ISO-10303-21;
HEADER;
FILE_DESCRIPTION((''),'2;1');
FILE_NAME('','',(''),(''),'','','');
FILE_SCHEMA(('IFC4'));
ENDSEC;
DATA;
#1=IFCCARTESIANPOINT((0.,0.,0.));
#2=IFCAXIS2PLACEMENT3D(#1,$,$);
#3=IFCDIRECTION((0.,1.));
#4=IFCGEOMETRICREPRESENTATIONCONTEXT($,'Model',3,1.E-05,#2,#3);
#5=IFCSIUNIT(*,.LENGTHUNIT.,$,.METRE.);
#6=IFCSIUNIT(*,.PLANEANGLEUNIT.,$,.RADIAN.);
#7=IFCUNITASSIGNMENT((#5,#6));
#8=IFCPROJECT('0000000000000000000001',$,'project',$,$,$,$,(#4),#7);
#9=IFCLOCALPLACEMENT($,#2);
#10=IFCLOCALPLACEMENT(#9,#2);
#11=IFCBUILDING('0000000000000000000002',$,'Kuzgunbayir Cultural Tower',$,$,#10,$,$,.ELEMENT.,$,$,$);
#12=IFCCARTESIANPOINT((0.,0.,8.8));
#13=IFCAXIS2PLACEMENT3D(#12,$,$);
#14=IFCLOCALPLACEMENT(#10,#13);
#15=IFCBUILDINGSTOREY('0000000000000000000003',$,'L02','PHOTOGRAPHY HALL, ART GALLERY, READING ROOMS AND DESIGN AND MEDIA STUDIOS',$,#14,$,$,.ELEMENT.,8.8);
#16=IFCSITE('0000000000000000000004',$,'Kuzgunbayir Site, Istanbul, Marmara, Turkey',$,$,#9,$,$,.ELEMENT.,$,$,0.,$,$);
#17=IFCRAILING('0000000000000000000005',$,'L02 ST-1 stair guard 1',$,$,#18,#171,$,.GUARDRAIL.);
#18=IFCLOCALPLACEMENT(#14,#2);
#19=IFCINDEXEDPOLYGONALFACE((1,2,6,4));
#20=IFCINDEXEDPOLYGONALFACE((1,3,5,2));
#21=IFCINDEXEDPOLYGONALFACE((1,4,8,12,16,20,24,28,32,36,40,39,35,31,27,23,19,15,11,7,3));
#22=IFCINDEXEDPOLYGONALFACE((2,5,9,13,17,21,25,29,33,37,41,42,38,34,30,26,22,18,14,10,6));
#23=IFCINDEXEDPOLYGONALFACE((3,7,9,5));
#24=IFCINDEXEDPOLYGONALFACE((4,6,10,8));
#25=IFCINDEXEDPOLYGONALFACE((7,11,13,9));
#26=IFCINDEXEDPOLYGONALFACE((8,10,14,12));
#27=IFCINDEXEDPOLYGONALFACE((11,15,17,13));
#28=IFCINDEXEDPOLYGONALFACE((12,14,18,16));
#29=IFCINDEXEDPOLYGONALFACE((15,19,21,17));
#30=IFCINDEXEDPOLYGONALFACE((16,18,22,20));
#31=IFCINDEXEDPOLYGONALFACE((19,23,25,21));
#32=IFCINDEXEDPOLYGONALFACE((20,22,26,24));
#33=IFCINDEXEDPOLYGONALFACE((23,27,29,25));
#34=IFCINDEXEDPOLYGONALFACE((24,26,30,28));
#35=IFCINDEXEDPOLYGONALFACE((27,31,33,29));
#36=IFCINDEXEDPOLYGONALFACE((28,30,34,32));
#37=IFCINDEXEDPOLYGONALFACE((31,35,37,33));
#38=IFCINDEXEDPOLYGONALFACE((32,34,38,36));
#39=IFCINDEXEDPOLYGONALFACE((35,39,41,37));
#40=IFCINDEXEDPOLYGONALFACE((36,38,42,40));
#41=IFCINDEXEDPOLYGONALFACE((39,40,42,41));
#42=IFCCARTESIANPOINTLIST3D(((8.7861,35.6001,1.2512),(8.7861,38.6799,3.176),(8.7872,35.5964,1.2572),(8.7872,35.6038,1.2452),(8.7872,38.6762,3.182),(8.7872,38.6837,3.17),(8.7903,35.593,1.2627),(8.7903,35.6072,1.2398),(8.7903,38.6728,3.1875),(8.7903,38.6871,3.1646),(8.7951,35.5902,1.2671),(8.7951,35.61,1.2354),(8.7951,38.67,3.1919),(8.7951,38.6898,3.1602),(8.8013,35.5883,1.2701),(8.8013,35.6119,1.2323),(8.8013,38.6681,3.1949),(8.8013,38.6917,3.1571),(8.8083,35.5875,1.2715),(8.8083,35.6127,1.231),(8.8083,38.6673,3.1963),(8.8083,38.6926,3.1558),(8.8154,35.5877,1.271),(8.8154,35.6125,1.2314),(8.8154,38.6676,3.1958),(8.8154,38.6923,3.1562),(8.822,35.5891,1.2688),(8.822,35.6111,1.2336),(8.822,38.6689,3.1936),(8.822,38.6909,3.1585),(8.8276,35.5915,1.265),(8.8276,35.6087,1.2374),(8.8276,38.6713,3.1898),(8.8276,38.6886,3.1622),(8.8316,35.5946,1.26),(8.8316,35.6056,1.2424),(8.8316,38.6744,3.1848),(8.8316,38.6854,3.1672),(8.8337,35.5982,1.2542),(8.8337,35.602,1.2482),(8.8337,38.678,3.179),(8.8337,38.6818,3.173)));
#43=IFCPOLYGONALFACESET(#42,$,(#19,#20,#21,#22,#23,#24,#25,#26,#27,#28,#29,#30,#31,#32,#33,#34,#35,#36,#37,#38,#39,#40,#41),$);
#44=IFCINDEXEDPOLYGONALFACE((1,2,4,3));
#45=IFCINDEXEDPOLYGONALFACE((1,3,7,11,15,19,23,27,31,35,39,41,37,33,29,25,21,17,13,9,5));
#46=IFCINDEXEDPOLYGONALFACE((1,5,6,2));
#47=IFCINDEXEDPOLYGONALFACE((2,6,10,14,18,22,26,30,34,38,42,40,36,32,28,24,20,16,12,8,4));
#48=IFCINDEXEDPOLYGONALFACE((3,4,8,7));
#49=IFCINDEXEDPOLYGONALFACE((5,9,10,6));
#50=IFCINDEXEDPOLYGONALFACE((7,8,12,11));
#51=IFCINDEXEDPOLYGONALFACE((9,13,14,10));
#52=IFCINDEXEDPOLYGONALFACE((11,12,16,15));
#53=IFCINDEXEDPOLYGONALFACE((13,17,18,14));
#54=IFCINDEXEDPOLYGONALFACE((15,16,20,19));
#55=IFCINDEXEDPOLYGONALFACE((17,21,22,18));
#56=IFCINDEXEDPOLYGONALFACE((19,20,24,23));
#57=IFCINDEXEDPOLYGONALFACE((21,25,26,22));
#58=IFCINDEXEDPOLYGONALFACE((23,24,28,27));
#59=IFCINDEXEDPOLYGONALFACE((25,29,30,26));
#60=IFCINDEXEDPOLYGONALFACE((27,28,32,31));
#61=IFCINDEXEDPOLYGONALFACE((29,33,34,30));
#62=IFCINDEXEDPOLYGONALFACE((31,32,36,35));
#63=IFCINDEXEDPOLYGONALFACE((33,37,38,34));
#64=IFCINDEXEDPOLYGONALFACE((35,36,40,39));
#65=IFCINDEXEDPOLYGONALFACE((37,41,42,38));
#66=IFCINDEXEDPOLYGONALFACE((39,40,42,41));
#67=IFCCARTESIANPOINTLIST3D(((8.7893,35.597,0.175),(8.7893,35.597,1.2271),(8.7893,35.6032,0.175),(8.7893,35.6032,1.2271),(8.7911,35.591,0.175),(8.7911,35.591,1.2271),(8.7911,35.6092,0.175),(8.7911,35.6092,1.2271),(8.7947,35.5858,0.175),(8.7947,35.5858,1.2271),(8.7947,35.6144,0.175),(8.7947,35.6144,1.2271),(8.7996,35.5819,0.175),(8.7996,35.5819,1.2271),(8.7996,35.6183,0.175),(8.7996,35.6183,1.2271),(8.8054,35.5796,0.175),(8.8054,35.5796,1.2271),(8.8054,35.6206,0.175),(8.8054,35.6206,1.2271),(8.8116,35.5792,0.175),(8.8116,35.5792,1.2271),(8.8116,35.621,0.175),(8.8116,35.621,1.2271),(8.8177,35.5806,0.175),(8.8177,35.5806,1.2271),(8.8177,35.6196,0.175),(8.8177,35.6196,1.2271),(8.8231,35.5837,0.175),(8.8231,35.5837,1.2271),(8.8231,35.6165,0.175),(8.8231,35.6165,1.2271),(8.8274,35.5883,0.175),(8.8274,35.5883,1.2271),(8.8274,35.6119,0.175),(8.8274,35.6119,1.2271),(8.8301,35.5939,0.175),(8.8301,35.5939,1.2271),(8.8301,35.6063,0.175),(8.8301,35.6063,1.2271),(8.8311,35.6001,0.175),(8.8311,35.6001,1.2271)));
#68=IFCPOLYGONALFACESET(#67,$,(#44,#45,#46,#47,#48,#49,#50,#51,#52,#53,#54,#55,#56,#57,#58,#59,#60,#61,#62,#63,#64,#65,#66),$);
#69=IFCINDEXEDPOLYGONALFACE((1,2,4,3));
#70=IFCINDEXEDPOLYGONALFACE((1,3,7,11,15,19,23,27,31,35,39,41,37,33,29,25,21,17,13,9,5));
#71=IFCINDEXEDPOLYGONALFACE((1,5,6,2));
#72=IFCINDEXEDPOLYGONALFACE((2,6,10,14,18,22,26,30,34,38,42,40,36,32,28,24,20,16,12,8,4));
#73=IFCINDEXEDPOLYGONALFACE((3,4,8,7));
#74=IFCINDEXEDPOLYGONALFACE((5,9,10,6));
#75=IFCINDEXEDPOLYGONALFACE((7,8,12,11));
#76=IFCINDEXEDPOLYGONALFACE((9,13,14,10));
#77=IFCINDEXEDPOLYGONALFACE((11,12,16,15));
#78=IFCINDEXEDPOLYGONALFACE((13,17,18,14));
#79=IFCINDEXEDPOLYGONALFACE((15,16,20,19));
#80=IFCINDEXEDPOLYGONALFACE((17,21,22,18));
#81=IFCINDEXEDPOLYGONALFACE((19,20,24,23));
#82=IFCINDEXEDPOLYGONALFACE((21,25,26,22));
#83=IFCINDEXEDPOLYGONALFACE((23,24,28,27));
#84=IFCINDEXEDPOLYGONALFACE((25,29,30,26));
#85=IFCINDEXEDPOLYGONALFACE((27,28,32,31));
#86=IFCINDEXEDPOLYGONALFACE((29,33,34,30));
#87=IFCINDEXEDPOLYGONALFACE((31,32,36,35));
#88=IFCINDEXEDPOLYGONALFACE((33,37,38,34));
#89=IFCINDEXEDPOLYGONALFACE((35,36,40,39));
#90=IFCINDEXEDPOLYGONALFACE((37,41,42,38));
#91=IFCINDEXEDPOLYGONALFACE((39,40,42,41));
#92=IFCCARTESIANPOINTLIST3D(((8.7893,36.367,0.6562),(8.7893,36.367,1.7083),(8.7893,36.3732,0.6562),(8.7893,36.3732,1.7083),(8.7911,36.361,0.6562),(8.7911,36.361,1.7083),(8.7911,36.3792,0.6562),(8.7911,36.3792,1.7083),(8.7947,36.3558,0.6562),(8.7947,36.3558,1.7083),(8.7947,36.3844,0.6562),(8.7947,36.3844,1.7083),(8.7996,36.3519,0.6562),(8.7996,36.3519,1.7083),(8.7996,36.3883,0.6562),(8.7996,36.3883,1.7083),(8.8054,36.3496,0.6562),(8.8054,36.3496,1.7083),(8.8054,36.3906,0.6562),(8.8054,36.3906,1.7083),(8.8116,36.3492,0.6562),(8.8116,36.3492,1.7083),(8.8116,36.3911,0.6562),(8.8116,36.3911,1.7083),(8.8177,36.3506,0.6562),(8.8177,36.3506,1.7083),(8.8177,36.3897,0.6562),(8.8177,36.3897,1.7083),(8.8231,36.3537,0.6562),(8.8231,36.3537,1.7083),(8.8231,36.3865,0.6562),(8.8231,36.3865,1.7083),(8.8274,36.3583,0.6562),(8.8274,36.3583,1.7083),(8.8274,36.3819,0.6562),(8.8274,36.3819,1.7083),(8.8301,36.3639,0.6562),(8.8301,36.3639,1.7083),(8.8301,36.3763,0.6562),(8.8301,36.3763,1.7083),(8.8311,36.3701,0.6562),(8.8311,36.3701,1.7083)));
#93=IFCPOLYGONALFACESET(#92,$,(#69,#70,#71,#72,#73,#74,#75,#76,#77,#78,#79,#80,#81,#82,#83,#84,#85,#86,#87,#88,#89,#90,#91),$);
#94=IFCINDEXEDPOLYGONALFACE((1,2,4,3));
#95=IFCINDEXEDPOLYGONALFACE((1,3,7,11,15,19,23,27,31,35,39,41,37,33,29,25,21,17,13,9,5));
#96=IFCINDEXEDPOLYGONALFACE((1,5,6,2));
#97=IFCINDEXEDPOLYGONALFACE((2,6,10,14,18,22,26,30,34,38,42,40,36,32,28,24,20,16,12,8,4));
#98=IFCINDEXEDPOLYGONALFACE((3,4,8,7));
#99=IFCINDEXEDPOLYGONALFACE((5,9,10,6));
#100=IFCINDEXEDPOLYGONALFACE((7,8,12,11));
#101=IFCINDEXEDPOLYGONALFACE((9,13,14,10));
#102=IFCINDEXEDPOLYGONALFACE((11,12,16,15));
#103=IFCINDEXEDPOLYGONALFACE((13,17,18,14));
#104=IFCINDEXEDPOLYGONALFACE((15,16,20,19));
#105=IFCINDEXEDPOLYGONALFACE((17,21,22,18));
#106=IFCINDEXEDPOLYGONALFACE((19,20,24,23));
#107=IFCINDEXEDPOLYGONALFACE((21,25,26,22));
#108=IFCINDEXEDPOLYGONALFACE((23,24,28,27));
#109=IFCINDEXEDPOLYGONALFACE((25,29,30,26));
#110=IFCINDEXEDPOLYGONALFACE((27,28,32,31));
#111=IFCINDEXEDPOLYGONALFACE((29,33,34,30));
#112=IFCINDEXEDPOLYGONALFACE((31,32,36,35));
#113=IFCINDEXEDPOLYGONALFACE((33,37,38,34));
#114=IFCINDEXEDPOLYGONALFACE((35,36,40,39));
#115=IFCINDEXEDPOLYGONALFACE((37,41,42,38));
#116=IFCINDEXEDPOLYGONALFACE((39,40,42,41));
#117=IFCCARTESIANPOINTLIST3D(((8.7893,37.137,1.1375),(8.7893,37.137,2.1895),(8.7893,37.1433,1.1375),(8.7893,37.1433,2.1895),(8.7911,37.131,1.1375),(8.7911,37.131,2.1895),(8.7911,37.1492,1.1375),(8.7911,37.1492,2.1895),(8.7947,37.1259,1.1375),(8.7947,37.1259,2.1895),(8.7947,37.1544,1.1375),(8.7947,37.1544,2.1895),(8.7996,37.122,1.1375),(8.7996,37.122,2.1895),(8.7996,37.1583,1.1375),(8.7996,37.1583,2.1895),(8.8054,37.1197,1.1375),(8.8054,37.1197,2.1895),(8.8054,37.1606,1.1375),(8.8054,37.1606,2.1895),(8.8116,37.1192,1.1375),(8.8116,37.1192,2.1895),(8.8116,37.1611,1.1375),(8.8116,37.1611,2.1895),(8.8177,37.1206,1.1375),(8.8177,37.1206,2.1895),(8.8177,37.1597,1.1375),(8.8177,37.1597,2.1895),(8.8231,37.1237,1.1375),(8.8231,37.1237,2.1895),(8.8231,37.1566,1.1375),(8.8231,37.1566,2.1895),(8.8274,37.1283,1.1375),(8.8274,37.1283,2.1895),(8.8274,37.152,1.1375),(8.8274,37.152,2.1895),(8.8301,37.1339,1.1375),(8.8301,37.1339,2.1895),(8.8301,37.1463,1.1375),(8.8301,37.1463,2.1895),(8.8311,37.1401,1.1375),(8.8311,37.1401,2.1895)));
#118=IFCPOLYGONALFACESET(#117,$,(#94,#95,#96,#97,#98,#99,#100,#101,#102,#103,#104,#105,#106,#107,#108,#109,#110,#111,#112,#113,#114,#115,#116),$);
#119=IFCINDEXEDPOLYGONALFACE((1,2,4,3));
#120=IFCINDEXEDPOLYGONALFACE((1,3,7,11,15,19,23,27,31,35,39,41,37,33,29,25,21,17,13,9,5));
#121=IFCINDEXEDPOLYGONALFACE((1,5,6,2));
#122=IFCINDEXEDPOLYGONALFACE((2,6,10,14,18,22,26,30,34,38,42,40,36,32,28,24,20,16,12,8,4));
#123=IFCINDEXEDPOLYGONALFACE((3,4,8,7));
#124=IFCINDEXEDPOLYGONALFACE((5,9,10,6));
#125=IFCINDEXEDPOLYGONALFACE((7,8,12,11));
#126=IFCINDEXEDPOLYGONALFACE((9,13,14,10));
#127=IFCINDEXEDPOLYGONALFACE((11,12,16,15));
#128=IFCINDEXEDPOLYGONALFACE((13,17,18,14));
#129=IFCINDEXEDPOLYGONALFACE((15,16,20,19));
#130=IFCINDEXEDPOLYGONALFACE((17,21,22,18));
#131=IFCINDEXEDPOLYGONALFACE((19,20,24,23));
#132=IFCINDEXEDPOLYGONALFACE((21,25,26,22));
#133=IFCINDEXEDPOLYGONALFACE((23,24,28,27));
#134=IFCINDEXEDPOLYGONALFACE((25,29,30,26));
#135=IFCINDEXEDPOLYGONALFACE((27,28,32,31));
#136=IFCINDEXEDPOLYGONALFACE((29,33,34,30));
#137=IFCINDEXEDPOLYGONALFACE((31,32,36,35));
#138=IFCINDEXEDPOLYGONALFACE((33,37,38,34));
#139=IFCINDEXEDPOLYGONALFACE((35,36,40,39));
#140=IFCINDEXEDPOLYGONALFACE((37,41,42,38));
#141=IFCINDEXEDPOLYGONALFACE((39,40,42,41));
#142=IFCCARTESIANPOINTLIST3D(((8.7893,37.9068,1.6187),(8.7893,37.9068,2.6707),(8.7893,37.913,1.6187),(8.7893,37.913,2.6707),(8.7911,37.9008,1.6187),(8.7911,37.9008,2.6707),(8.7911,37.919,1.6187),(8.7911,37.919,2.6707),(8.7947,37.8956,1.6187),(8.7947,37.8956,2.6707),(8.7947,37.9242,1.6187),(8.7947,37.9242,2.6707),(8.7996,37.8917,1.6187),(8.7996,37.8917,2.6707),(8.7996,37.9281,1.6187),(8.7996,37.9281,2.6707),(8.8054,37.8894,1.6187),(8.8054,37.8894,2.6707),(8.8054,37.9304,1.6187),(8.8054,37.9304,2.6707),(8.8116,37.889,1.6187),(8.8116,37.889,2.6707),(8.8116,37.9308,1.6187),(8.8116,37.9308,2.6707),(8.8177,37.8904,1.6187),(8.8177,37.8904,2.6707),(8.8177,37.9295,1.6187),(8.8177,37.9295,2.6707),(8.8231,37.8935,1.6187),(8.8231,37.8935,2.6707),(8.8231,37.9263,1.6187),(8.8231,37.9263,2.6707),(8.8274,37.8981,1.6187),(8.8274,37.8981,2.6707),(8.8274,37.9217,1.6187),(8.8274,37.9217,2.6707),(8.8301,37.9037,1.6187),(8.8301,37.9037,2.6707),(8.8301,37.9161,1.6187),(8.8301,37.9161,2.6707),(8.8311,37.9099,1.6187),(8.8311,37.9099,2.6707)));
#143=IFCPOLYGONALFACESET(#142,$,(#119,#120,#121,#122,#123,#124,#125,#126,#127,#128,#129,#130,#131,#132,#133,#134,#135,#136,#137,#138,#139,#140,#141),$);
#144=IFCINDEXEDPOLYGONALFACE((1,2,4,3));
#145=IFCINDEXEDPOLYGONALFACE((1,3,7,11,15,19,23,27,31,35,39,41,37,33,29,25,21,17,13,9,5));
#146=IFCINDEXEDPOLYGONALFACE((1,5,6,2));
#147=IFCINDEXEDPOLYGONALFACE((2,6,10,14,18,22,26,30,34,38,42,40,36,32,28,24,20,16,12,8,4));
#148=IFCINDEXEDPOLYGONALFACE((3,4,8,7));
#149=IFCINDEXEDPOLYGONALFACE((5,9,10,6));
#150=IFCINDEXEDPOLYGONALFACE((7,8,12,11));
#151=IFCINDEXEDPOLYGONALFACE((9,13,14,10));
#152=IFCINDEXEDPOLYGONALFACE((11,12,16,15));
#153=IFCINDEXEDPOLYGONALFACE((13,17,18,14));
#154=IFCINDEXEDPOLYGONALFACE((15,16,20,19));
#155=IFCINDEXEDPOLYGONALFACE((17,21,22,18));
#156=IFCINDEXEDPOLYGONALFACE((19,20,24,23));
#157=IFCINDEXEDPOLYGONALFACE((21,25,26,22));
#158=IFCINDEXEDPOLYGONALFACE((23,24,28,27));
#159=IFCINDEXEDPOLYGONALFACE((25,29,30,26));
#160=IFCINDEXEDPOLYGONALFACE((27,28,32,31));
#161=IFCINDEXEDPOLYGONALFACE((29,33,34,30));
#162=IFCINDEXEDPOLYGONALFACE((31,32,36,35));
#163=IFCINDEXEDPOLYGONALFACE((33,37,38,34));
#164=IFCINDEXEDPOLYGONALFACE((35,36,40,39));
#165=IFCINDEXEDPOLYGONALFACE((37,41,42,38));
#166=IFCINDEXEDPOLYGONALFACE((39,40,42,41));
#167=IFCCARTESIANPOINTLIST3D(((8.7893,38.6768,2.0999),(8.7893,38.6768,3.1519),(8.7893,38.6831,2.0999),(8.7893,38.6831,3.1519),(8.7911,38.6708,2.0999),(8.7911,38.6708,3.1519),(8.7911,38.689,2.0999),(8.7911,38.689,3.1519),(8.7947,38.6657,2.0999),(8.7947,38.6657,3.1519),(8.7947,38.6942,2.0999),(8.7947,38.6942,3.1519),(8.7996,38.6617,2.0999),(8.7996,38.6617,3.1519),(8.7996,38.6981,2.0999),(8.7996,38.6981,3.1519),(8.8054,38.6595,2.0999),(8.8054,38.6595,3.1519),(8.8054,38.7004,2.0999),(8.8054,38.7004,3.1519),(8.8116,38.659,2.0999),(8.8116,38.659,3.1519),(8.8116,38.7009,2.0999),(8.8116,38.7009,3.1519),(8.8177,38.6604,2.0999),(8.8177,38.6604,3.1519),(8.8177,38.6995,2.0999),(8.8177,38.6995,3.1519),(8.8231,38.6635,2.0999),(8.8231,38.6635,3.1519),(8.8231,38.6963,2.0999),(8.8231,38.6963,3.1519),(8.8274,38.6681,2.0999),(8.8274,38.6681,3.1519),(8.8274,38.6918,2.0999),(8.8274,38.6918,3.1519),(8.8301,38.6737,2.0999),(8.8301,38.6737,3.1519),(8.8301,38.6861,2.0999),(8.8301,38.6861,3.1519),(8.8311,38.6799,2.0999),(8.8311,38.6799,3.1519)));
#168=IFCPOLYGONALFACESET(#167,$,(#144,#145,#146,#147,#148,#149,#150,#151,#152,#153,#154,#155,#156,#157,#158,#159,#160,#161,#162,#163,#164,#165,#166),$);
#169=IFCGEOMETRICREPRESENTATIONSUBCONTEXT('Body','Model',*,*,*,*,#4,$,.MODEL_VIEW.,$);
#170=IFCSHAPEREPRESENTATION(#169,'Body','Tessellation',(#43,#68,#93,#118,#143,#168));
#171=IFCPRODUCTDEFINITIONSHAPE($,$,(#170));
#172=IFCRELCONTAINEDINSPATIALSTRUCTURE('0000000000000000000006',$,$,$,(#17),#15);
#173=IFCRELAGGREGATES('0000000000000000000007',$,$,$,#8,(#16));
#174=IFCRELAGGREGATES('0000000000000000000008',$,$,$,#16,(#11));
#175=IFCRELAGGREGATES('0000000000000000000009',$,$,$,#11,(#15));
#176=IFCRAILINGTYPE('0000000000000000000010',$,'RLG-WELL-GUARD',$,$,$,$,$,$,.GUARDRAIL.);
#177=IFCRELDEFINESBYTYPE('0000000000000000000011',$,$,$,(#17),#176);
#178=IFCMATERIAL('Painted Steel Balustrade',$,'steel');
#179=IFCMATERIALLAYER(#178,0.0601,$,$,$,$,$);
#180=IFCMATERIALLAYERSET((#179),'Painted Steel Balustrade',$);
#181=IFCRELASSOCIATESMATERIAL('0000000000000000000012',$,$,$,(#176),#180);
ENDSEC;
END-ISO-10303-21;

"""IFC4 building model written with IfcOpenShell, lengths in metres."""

from ifc_helpers import new_model, si_unit, direction, frame, origin, origin_2d, place, context, subcontext, project, spatial, circle, extrude, material, layer, layer_set, type_object, element, save


model = new_model("IFC4")

# Units and contexts
model_context = context("Model", 3, precision=1e-05, world=origin(), true_north=direction((0.0, 1.0)))
body_context = subcontext(model_context, "Body", "Model", "MODEL_VIEW")
ifc_project = project(units=[si_unit("LENGTHUNIT", "METRE"), si_unit("PLANEANGLEUNIT", "RADIAN")], contexts=[model_context])

# Site, building, storey
site_placement = place(None, origin())
site = spatial("IfcSite", under=ifc_project, at=site_placement, Name="Kuzgunbayir Site, Istanbul, Marmara, Turkey", CompositionType="ELEMENT", RefElevation=0.0)
building_placement = place(site_placement, origin())
building = spatial("IfcBuilding", under=site, at=building_placement, Name="Kuzgunbayir Cultural Tower", CompositionType="ELEMENT")
storey_placement = place(building_placement, frame((0.0, 0.0, 8.8)))
storey = spatial("IfcBuildingStorey", under=building, at=storey_placement, Name="L02", Description="PHOTOGRAPHY HALL, ART GALLERY, READING ROOMS AND DESIGN AND MEDIA STUDIOS", CompositionType="ELEMENT", Elevation=8.8)

# Railing
ifc_material_1 = material(Name="Painted Steel Balustrade", Category="steel")
ifc_layer_1 = layer(ifc_material_1, 0.0601)
ifc_layer_set_1 = layer_set([ifc_layer_1], Name="Painted Steel Balustrade")
railing_type_1 = type_object("IfcRailingType", Name="RLG-WELL-GUARD", PredefinedType="GUARDRAIL", material=ifc_layer_set_1)
railing_1_placement = place(storey_placement, frame((8.8101, 35.6001, 0.175)))
element("IfcRailing", 1, at=railing_1_placement, inside=storey, type_object=railing_type_1, Name="L02 ST-1 stair guard 1", PredefinedType="GUARDRAIL", context=body_context, shape_type="SweptSolid", body=[
    extrude(circle(Radius=0.0239, at=origin_2d()), frame((0.0, 0.0, 1.0762), z_axis=(0.0, 0.84801, 0.529981), x_axis=(-1.0, 0.0, 0.0)), (0.0, 0.0, 1.0), 3.6318),
    extrude(circle(Radius=0.021, at=origin_2d()), origin(), (0.0, 0.0, 1.0), 1.052),
    extrude(circle(Radius=0.021, at=origin_2d()), frame((0.0, 0.77, 0.4812)), (0.0, 0.0, 1.0), 1.052),
    extrude(circle(Radius=0.021, at=origin_2d()), frame((0.0, 1.54, 0.9624)), (0.0, 0.0, 1.0), 1.052),
    extrude(circle(Radius=0.021, at=origin_2d()), frame((0.0, 2.3098, 1.4436)), (0.0, 0.0, 1.0), 1.052),
    extrude(circle(Radius=0.021, at=origin_2d()), frame((0.0, 3.0798, 1.9248)), (0.0, 0.0, 1.0), 1.052),
])

save(model, "model.ifc")
